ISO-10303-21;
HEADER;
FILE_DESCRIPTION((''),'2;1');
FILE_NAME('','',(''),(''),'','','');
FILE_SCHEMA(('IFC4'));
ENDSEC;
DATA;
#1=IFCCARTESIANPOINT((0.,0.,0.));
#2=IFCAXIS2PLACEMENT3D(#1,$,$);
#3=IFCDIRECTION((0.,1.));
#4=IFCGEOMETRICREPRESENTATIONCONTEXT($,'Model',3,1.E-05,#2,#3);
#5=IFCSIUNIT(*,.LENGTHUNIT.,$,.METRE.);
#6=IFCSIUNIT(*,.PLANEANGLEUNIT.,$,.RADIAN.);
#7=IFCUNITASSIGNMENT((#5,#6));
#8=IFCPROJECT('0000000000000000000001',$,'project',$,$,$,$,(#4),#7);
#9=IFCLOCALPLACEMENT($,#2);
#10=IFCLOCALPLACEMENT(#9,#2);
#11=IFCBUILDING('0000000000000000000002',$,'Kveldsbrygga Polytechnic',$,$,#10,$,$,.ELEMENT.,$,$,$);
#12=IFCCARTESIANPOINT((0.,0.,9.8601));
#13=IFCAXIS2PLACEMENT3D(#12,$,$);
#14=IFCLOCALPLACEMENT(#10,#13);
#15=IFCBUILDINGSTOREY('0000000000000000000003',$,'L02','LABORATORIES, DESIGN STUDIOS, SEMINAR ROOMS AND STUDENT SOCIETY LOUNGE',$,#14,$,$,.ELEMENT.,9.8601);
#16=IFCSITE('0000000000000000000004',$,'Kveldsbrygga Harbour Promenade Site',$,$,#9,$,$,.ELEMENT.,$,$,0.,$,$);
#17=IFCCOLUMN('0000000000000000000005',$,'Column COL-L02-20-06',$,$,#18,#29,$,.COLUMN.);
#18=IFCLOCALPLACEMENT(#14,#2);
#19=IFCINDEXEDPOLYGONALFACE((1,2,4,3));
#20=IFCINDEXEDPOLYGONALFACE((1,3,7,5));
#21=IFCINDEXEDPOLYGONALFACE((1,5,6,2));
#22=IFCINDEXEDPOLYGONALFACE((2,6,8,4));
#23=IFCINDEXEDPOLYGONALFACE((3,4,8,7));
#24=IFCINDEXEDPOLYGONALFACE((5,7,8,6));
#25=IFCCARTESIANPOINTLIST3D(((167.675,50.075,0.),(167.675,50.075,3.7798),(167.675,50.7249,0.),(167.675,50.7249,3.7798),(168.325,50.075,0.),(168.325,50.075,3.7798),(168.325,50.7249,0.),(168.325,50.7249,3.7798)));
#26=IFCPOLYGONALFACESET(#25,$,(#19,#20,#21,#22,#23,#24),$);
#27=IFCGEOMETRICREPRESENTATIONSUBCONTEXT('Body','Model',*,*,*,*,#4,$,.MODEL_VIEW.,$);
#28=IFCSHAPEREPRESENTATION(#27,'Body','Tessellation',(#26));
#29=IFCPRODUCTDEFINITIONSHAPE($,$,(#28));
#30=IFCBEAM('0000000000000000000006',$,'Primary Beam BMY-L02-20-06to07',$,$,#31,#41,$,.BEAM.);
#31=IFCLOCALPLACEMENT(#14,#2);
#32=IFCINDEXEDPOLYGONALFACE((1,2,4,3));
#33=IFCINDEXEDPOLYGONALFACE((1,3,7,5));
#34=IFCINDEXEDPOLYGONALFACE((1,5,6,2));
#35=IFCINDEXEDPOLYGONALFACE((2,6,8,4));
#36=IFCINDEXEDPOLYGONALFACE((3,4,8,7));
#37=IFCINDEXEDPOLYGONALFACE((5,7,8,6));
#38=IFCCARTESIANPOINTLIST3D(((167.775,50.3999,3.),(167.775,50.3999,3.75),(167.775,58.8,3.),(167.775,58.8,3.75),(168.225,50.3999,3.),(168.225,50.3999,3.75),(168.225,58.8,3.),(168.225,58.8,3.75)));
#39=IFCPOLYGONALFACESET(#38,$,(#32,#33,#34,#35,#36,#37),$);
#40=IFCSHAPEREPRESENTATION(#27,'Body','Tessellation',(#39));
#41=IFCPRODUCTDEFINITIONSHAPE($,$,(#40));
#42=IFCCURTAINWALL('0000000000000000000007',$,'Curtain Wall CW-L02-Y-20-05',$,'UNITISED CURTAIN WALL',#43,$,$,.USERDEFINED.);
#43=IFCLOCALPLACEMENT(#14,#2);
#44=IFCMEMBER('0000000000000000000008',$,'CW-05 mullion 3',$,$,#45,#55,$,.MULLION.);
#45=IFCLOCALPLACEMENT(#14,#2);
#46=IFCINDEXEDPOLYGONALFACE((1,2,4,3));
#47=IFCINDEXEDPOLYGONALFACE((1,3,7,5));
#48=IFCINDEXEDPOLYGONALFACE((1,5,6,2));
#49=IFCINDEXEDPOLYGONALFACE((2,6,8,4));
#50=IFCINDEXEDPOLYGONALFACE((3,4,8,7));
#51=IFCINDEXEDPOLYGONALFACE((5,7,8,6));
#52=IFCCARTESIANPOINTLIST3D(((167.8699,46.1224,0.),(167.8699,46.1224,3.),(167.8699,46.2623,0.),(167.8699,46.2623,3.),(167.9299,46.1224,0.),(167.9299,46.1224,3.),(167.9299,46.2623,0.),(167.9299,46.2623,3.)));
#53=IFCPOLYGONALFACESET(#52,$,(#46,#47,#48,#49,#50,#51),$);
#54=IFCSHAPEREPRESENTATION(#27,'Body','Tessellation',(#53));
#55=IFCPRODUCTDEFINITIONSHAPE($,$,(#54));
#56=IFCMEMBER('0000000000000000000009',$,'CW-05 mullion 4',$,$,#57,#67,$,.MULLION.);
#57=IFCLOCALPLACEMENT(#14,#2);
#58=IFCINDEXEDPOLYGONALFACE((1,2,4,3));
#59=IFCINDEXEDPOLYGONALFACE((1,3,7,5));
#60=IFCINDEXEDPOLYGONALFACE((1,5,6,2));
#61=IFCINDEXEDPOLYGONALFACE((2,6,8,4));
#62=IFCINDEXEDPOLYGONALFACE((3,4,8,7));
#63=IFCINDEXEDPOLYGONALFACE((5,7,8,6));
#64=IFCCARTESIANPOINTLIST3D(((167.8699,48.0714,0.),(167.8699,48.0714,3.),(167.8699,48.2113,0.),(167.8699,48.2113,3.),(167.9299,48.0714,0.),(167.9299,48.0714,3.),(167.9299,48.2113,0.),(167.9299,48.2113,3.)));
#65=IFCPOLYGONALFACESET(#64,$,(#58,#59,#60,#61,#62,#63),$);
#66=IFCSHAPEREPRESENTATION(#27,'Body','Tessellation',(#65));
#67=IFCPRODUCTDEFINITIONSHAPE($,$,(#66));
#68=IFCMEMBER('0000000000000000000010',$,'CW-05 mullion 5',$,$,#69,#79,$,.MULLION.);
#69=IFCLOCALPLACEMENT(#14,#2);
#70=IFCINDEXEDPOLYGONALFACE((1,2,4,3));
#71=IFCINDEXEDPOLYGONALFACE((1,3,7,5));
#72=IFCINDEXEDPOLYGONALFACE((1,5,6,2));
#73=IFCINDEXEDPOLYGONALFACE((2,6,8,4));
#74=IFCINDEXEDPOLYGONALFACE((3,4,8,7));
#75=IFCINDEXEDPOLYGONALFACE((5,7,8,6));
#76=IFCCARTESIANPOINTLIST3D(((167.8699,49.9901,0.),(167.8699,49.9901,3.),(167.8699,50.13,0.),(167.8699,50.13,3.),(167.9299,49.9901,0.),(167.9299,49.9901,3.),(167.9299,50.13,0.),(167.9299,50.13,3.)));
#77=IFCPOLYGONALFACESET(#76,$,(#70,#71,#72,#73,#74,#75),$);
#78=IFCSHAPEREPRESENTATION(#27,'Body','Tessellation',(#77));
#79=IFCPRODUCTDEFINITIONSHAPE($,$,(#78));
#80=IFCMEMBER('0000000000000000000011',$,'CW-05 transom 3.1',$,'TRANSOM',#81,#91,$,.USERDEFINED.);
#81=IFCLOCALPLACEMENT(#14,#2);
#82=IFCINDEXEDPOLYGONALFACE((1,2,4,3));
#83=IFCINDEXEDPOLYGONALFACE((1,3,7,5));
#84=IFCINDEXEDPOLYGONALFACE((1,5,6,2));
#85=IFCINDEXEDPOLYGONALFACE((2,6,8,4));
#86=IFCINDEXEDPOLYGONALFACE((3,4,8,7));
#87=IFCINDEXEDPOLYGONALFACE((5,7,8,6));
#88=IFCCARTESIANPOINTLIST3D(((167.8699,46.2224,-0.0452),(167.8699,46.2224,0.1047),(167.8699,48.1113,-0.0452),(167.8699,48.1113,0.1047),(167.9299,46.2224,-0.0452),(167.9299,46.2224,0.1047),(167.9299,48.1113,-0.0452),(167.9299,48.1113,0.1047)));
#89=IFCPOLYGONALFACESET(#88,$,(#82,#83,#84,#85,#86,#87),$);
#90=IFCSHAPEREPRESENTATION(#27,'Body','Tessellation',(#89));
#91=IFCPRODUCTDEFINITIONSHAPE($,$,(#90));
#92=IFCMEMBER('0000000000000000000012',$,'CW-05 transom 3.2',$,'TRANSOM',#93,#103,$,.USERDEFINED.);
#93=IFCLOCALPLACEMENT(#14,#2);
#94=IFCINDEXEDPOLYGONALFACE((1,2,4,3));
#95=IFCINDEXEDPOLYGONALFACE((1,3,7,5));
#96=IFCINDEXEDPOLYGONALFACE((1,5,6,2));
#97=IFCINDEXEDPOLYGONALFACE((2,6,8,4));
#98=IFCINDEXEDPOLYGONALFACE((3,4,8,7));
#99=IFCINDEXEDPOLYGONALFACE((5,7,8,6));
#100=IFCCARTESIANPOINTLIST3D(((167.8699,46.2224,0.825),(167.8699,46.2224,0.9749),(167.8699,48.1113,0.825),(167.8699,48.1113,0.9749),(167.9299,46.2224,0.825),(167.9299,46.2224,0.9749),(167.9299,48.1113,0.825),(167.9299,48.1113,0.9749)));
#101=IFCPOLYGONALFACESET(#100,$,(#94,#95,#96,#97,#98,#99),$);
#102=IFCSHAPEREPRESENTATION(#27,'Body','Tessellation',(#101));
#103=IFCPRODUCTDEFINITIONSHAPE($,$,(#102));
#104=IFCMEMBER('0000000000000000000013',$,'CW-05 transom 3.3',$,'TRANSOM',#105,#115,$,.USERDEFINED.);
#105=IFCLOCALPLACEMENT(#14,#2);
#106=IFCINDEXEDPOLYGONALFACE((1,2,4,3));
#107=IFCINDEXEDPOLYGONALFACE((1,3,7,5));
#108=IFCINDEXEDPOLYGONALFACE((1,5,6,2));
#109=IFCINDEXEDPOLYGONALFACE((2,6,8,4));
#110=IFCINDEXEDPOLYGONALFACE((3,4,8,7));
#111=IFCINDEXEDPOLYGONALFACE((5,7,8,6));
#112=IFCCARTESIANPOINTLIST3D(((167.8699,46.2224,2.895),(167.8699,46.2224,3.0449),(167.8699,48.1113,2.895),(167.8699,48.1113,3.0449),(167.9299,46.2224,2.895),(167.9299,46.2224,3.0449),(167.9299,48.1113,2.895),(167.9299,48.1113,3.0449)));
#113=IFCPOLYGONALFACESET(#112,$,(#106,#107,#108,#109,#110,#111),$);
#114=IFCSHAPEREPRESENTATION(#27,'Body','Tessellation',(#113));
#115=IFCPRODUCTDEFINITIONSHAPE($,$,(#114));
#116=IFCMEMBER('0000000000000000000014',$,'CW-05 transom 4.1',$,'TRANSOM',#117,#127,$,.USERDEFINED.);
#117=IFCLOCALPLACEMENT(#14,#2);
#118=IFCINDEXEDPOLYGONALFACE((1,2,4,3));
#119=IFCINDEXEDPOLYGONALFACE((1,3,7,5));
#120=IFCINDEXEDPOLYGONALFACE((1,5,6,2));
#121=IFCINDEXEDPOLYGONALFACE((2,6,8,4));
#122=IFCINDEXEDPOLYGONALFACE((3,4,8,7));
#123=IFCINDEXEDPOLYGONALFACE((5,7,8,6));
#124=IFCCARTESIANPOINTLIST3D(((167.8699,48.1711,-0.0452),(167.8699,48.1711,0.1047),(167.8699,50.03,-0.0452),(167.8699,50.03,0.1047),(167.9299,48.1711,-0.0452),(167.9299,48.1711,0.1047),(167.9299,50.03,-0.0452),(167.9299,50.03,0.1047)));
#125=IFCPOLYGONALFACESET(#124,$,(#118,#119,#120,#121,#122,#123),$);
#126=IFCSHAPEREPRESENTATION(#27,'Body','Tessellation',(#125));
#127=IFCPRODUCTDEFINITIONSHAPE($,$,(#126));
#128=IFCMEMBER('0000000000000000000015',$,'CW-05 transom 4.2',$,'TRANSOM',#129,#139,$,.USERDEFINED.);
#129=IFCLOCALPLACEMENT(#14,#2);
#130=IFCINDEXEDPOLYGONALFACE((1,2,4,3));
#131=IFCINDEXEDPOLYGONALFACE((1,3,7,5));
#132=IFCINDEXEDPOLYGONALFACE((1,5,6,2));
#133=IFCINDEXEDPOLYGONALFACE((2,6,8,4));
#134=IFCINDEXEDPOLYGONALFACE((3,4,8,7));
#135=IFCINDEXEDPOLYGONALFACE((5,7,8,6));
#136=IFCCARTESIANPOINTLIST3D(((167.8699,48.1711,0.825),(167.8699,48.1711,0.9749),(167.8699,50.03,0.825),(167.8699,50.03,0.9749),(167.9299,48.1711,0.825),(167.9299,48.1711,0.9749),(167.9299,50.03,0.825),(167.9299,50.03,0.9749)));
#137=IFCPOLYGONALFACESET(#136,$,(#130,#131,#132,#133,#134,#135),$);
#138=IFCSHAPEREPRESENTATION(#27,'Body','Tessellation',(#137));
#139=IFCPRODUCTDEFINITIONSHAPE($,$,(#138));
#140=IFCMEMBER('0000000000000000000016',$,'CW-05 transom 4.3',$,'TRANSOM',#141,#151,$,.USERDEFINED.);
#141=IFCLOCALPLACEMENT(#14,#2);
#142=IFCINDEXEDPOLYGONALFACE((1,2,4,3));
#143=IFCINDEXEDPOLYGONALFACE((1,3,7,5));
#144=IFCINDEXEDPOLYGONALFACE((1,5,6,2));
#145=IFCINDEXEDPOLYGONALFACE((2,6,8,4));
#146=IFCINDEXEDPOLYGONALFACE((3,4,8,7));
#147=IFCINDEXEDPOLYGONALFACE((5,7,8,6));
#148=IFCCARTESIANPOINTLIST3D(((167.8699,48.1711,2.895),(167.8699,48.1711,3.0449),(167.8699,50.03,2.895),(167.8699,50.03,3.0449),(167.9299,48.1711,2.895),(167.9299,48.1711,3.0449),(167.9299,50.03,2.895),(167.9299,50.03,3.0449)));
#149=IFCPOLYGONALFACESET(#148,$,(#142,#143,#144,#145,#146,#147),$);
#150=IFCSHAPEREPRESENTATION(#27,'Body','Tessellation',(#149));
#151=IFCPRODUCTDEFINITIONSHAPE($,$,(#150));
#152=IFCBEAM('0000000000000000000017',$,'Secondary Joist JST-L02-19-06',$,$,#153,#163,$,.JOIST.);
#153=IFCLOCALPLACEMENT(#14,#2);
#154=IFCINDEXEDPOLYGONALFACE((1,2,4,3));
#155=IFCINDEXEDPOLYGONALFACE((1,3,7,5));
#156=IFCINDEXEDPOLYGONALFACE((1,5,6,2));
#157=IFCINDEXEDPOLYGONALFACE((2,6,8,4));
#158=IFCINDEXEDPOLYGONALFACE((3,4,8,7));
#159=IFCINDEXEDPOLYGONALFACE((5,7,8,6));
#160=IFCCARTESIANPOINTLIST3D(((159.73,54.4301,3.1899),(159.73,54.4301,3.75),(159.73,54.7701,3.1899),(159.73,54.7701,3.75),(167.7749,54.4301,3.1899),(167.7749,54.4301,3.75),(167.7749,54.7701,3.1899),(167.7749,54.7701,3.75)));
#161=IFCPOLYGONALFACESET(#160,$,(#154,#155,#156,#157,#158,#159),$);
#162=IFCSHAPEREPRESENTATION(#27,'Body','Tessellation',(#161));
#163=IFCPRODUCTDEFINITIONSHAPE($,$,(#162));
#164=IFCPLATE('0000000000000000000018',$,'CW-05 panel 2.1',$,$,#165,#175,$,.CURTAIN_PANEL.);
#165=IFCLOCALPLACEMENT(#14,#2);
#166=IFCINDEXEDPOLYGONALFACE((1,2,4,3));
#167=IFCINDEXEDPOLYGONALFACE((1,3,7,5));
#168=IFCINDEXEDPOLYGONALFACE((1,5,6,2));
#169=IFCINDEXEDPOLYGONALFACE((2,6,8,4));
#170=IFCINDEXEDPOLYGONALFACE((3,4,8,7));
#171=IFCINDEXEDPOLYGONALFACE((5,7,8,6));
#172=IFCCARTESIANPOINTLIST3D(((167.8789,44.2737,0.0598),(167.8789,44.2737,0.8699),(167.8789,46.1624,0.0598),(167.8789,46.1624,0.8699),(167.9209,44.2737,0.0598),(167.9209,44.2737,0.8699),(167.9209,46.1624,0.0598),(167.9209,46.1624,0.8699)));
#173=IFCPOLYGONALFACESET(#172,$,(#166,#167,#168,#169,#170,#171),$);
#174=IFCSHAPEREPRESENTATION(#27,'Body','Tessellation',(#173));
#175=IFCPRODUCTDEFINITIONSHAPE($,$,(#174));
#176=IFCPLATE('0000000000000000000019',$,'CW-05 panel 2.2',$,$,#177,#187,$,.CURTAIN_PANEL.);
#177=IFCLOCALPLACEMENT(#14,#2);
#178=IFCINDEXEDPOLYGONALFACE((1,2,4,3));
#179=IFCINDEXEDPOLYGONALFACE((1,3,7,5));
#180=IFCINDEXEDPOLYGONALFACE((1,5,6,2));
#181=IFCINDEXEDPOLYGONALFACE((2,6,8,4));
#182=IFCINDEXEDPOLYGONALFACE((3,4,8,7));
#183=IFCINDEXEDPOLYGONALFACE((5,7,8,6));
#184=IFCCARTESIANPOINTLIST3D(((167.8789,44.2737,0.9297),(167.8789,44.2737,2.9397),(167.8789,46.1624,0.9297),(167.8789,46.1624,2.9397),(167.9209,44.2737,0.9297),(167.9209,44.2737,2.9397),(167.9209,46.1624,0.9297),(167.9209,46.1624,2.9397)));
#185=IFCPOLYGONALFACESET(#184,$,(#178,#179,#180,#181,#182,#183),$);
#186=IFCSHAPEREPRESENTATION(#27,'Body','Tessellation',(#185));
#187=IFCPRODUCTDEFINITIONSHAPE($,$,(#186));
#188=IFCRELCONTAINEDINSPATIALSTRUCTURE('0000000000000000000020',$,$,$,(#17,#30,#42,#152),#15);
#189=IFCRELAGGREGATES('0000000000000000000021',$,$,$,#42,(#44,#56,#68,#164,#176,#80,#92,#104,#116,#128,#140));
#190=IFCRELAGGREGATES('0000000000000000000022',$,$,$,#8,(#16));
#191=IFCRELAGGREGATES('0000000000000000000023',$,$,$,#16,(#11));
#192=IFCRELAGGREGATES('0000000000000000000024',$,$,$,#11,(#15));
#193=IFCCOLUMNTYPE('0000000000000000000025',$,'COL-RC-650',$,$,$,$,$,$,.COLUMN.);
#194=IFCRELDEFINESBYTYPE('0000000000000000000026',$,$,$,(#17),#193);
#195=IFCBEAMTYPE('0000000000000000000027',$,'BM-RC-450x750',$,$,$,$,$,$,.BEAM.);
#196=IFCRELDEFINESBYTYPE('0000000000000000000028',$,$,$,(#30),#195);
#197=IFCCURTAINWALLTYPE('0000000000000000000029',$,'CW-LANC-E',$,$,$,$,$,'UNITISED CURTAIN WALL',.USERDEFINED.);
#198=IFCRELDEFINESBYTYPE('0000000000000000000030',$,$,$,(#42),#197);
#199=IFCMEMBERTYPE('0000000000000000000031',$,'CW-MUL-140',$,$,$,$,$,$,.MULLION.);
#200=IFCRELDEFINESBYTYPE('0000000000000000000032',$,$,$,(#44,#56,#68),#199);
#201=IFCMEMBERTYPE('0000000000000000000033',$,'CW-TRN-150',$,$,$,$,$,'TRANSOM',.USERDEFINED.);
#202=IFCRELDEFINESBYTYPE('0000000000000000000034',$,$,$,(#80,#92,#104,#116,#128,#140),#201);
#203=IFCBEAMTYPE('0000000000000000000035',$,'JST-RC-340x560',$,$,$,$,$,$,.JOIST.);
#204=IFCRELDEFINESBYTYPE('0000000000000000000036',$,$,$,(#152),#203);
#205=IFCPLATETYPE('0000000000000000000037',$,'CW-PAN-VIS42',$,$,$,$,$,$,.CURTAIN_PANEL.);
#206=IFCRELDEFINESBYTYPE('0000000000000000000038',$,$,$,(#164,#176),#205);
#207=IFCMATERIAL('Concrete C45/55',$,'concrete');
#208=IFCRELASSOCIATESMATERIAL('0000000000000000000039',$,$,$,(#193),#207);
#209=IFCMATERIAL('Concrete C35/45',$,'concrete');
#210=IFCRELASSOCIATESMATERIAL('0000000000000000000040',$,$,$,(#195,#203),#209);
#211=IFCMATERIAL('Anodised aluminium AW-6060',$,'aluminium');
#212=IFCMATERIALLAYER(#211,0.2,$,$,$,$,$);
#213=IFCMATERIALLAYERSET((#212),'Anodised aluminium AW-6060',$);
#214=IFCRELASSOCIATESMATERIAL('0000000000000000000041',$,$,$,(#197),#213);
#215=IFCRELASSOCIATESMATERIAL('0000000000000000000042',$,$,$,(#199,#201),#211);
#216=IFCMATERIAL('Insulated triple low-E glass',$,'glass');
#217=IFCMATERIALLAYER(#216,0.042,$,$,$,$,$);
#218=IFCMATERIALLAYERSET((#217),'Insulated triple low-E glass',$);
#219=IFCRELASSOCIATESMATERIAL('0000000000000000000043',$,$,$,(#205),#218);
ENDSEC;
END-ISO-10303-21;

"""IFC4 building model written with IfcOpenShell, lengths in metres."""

from ifc_helpers import new_model, si_unit, direction, frame, origin, origin_2d, place, context, subcontext, project, spatial, rectangle, extrude, material, layer, layer_set, material_profile, profile_set, type_object, element, aggregate, save


model = new_model("IFC4")

# Units and contexts
model_context = context("Model", 3, precision=1e-05, world=origin(), true_north=direction((0.0, 1.0)))
body_context = subcontext(model_context, "Body", "Model", "MODEL_VIEW")
ifc_project = project(units=[si_unit("LENGTHUNIT", "METRE"), si_unit("PLANEANGLEUNIT", "RADIAN")], contexts=[model_context])

# Site, building, storey
site_placement = place(None, origin())
site = spatial("IfcSite", under=ifc_project, at=site_placement, Name="Kveldsbrygga Harbour Promenade Site", CompositionType="ELEMENT", RefElevation=0.0)
building_placement = place(site_placement, origin())
building = spatial("IfcBuilding", under=site, at=building_placement, Name="Kveldsbrygga Polytechnic", CompositionType="ELEMENT")
storey_placement = place(building_placement, frame((0.0, 0.0, 9.8601)))
storey = spatial("IfcBuildingStorey", under=building, at=storey_placement, Name="L02", Description="LABORATORIES, DESIGN STUDIOS, SEMINAR ROOMS AND STUDENT SOCIETY LOUNGE", CompositionType="ELEMENT", Elevation=9.8601)

# Column
ifc_material_1 = material(Name="Concrete C45/55", Category="concrete")
ifc_material_profile_1 = material_profile(ifc_material_1, rectangle(XDim=0.6499, YDim=0.6499, at=origin_2d()), Name="RC 650x650")
ifc_profile_set_1 = profile_set([ifc_material_profile_1], Name="Concrete C45/55")
column_type = type_object("IfcColumnType", Name="COL-RC-650", PredefinedType="COLUMN", material=ifc_profile_set_1)
column_placement = place(storey_placement, frame((168.0, 50.3999, 0.0), z_axis=(0.0, 0.0, 1.0), x_axis=(1.0, 0.0, 0.0)))
element("IfcColumn", 1, at=column_placement, inside=storey, type_object=column_type, Name="Column COL-L02-20-06", PredefinedType="COLUMN", context=body_context, shape_type="SweptSolid", body=[
    extrude(rectangle(XDim=0.6499, YDim=0.6499, at=origin_2d()), origin(), (0.0, 0.0, 1.0), 3.7798),
])

# Beam
ifc_material_2 = material(Name="Concrete C35/45", Category="concrete")
ifc_material_profile_2 = material_profile(ifc_material_2, rectangle(XDim=0.45, YDim=0.75, at=origin_2d()), Name="RC 450x750")
ifc_profile_set_2 = profile_set([ifc_material_profile_2], Name="Concrete C35/45")
beam_type_1 = type_object("IfcBeamType", Name="BM-RC-450x750", PredefinedType="BEAM", material=ifc_profile_set_2)
beam_1_placement = place(storey_placement, frame((168.0, 50.3999, 3.375), z_axis=(0.0, 1.0, 0.0), x_axis=(-1.0, 0.0, 0.0)))
element("IfcBeam", 2, at=beam_1_placement, inside=storey, type_object=beam_type_1, Name="Primary Beam BMY-L02-20-06to07", PredefinedType="BEAM", context=body_context, shape_type="SweptSolid", body=[
    extrude(rectangle(XDim=0.45, YDim=0.75, at=origin_2d()), origin(), (0.0, 0.0, 1.0), 8.4001),
])

# Curtain wall, members
ifc_material_3 = material(Name="Anodised aluminium AW-6060", Category="aluminium")
ifc_layer_1 = layer(ifc_material_3, 0.2)
ifc_layer_set_1 = layer_set([ifc_layer_1], Name="Anodised aluminium AW-6060")
curtain_wall_type = type_object("IfcCurtainWallType", Name="CW-LANC-E", ElementType="UNITISED CURTAIN WALL", PredefinedType="USERDEFINED", material=ifc_layer_set_1)
curtain_wall_placement = place(storey_placement, origin())
curtain_wall = element("IfcCurtainWall", 3, at=curtain_wall_placement, inside=storey, type_object=curtain_wall_type, Name="Curtain Wall CW-L02-Y-20-05", ObjectType="UNITISED CURTAIN WALL", PredefinedType="USERDEFINED")
ifc_material_profile_3 = material_profile(ifc_material_3, rectangle(XDim=0.0601, YDim=0.1399, at=origin_2d()), Name="ALU 60x140")
ifc_profile_set_3 = profile_set([ifc_material_profile_3], Name="Anodised aluminium AW-6060")
member_type_1 = type_object("IfcMemberType", Name="CW-MUL-140", PredefinedType="MULLION", material=ifc_profile_set_3)
member_1_placement = place(storey_placement, frame((167.8999, 46.1924, 0.0), z_axis=(0.0, 0.0, 1.0), x_axis=(-1.0, 0.0, 0.0)))
member_1 = element("IfcMember", 4, at=member_1_placement, type_object=member_type_1, Name="CW-05 mullion 3", PredefinedType="MULLION", context=body_context, shape_type="SweptSolid", body=[
    extrude(rectangle(XDim=0.0601, YDim=0.1399, at=origin_2d()), origin(), (0.0, 0.0, 1.0), 3.0),
])
member_2_placement = place(storey_placement, frame((167.8999, 48.1414, 0.0), z_axis=(0.0, 0.0, 1.0), x_axis=(-1.0, 0.0, 0.0)))
member_2 = element("IfcMember", 5, at=member_2_placement, type_object=member_type_1, Name="CW-05 mullion 4", PredefinedType="MULLION", context=body_context, shape_type="SweptSolid", body=[
    extrude(rectangle(XDim=0.0601, YDim=0.1399, at=origin_2d()), origin(), (0.0, 0.0, 1.0), 3.0),
])
member_3_placement = place(storey_placement, frame((167.8999, 50.0601, 0.0), z_axis=(0.0, 0.0, 1.0), x_axis=(-1.0, 0.0, 0.0)))
member_3 = element("IfcMember", 6, at=member_3_placement, type_object=member_type_1, Name="CW-05 mullion 5", PredefinedType="MULLION", context=body_context, shape_type="SweptSolid", body=[
    extrude(rectangle(XDim=0.0601, YDim=0.1399, at=origin_2d()), origin(), (0.0, 0.0, 1.0), 3.0),
])
ifc_material_profile_4 = material_profile(ifc_material_3, rectangle(XDim=0.0601, YDim=0.1499, at=origin_2d()), Name="ALU 60x150")
ifc_profile_set_4 = profile_set([ifc_material_profile_4], Name="Anodised aluminium AW-6060")
member_type_2 = type_object("IfcMemberType", Name="CW-TRN-150", ElementType="TRANSOM", PredefinedType="USERDEFINED", material=ifc_profile_set_4)
member_4_placement = place(storey_placement, frame((167.8999, 46.2224, 0.0298), z_axis=(0.0, 1.0, 0.0), x_axis=(-1.0, 0.0, 0.0)))
member_4 = element("IfcMember", 7, at=member_4_placement, type_object=member_type_2, Name="CW-05 transom 3.1", ObjectType="TRANSOM", PredefinedType="USERDEFINED", context=body_context, shape_type="SweptSolid", body=[
    extrude(rectangle(XDim=0.0601, YDim=0.1499, at=origin_2d()), origin(), (0.0, 0.0, 1.0), 1.8889),
])
member_5_placement = place(storey_placement, frame((167.8999, 46.2224, 0.8999), z_axis=(0.0, 1.0, 0.0), x_axis=(-1.0, 0.0, 0.0)))
member_5 = element("IfcMember", 8, at=member_5_placement, type_object=member_type_2, Name="CW-05 transom 3.2", ObjectType="TRANSOM", PredefinedType="USERDEFINED", context=body_context, shape_type="SweptSolid", body=[
    extrude(rectangle(XDim=0.0601, YDim=0.1499, at=origin_2d()), origin(), (0.0, 0.0, 1.0), 1.8889),
])
member_6_placement = place(storey_placement, frame((167.8999, 46.2224, 2.97), z_axis=(0.0, 1.0, 0.0), x_axis=(-1.0, 0.0, 0.0)))
member_6 = element("IfcMember", 9, at=member_6_placement, type_object=member_type_2, Name="CW-05 transom 3.3", ObjectType="TRANSOM", PredefinedType="USERDEFINED", context=body_context, shape_type="SweptSolid", body=[
    extrude(rectangle(XDim=0.0601, YDim=0.1499, at=origin_2d()), origin(), (0.0, 0.0, 1.0), 1.8889),
])
member_7_placement = place(storey_placement, frame((167.8999, 48.1711, 0.0298), z_axis=(0.0, 1.0, 0.0), x_axis=(-1.0, 0.0, 0.0)))
member_7 = element("IfcMember", 10, at=member_7_placement, type_object=member_type_2, Name="CW-05 transom 4.1", ObjectType="TRANSOM", PredefinedType="USERDEFINED", context=body_context, shape_type="SweptSolid", body=[
    extrude(rectangle(XDim=0.0601, YDim=0.1499, at=origin_2d()), origin(), (0.0, 0.0, 1.0), 1.8589),
])
member_8_placement = place(storey_placement, frame((167.8999, 48.1711, 0.8999), z_axis=(0.0, 1.0, 0.0), x_axis=(-1.0, 0.0, 0.0)))
member_8 = element("IfcMember", 11, at=member_8_placement, type_object=member_type_2, Name="CW-05 transom 4.2", ObjectType="TRANSOM", PredefinedType="USERDEFINED", context=body_context, shape_type="SweptSolid", body=[
    extrude(rectangle(XDim=0.0601, YDim=0.1499, at=origin_2d()), origin(), (0.0, 0.0, 1.0), 1.8589),
])
member_9_placement = place(storey_placement, frame((167.8999, 48.1711, 2.97), z_axis=(0.0, 1.0, 0.0), x_axis=(-1.0, 0.0, 0.0)))
member_9 = element("IfcMember", 12, at=member_9_placement, type_object=member_type_2, Name="CW-05 transom 4.3", ObjectType="TRANSOM", PredefinedType="USERDEFINED", context=body_context, shape_type="SweptSolid", body=[
    extrude(rectangle(XDim=0.0601, YDim=0.1499, at=origin_2d()), origin(), (0.0, 0.0, 1.0), 1.8589),
])

# Beam
ifc_material_profile_5 = material_profile(ifc_material_2, rectangle(XDim=0.3401, YDim=0.5601, at=origin_2d()), Name="RC 340x560")
ifc_profile_set_5 = profile_set([ifc_material_profile_5], Name="Concrete C35/45")
beam_type_2 = type_object("IfcBeamType", Name="JST-RC-340x560", PredefinedType="JOIST", material=ifc_profile_set_5)
beam_2_placement = place(storey_placement, frame((159.73, 54.6001, 3.47), z_axis=(1.0, 0.0, 0.0), x_axis=(0.0, 1.0, 0.0)))
element("IfcBeam", 13, at=beam_2_placement, inside=storey, type_object=beam_type_2, Name="Secondary Joist JST-L02-19-06", PredefinedType="JOIST", context=body_context, shape_type="SweptSolid", body=[
    extrude(rectangle(XDim=0.3401, YDim=0.5601, at=origin_2d()), origin(), (0.0, 0.0, 1.0), 8.0449),
])

# Plates
ifc_material_4 = material(Name="Insulated triple low-E glass", Category="glass")
ifc_layer_2 = layer(ifc_material_4, 0.042)
ifc_layer_set_2 = layer_set([ifc_layer_2], Name="Insulated triple low-E glass")
plate_type = type_object("IfcPlateType", Name="CW-PAN-VIS42", PredefinedType="CURTAIN_PANEL", material=ifc_layer_set_2)
plate_1_placement = place(storey_placement, frame((167.8999, 45.218, 0.0598), z_axis=(0.0, 0.0, 1.0), x_axis=(0.0, 1.0, 0.0)))
plate_1 = element("IfcPlate", 14, at=plate_1_placement, type_object=plate_type, Name="CW-05 panel 2.1", PredefinedType="CURTAIN_PANEL", context=body_context, shape_type="SweptSolid", body=[
    extrude(rectangle(XDim=1.8887, YDim=0.042, at=origin_2d()), origin(), (0.0, 0.0, 1.0), 0.8101),
])
plate_2_placement = place(storey_placement, frame((167.8999, 45.218, 0.9297), z_axis=(0.0, 0.0, 1.0), x_axis=(0.0, 1.0, 0.0)))
plate_2 = element("IfcPlate", 15, at=plate_2_placement, type_object=plate_type, Name="CW-05 panel 2.2", PredefinedType="CURTAIN_PANEL", context=body_context, shape_type="SweptSolid", body=[
    extrude(rectangle(XDim=1.8887, YDim=0.042, at=origin_2d()), origin(), (0.0, 0.0, 1.0), 2.01),
])
aggregate(curtain_wall, [member_1, member_2, member_3, plate_1, plate_2, member_4, member_5, member_6, member_7, member_8, member_9])

save(model, "model.ifc")
